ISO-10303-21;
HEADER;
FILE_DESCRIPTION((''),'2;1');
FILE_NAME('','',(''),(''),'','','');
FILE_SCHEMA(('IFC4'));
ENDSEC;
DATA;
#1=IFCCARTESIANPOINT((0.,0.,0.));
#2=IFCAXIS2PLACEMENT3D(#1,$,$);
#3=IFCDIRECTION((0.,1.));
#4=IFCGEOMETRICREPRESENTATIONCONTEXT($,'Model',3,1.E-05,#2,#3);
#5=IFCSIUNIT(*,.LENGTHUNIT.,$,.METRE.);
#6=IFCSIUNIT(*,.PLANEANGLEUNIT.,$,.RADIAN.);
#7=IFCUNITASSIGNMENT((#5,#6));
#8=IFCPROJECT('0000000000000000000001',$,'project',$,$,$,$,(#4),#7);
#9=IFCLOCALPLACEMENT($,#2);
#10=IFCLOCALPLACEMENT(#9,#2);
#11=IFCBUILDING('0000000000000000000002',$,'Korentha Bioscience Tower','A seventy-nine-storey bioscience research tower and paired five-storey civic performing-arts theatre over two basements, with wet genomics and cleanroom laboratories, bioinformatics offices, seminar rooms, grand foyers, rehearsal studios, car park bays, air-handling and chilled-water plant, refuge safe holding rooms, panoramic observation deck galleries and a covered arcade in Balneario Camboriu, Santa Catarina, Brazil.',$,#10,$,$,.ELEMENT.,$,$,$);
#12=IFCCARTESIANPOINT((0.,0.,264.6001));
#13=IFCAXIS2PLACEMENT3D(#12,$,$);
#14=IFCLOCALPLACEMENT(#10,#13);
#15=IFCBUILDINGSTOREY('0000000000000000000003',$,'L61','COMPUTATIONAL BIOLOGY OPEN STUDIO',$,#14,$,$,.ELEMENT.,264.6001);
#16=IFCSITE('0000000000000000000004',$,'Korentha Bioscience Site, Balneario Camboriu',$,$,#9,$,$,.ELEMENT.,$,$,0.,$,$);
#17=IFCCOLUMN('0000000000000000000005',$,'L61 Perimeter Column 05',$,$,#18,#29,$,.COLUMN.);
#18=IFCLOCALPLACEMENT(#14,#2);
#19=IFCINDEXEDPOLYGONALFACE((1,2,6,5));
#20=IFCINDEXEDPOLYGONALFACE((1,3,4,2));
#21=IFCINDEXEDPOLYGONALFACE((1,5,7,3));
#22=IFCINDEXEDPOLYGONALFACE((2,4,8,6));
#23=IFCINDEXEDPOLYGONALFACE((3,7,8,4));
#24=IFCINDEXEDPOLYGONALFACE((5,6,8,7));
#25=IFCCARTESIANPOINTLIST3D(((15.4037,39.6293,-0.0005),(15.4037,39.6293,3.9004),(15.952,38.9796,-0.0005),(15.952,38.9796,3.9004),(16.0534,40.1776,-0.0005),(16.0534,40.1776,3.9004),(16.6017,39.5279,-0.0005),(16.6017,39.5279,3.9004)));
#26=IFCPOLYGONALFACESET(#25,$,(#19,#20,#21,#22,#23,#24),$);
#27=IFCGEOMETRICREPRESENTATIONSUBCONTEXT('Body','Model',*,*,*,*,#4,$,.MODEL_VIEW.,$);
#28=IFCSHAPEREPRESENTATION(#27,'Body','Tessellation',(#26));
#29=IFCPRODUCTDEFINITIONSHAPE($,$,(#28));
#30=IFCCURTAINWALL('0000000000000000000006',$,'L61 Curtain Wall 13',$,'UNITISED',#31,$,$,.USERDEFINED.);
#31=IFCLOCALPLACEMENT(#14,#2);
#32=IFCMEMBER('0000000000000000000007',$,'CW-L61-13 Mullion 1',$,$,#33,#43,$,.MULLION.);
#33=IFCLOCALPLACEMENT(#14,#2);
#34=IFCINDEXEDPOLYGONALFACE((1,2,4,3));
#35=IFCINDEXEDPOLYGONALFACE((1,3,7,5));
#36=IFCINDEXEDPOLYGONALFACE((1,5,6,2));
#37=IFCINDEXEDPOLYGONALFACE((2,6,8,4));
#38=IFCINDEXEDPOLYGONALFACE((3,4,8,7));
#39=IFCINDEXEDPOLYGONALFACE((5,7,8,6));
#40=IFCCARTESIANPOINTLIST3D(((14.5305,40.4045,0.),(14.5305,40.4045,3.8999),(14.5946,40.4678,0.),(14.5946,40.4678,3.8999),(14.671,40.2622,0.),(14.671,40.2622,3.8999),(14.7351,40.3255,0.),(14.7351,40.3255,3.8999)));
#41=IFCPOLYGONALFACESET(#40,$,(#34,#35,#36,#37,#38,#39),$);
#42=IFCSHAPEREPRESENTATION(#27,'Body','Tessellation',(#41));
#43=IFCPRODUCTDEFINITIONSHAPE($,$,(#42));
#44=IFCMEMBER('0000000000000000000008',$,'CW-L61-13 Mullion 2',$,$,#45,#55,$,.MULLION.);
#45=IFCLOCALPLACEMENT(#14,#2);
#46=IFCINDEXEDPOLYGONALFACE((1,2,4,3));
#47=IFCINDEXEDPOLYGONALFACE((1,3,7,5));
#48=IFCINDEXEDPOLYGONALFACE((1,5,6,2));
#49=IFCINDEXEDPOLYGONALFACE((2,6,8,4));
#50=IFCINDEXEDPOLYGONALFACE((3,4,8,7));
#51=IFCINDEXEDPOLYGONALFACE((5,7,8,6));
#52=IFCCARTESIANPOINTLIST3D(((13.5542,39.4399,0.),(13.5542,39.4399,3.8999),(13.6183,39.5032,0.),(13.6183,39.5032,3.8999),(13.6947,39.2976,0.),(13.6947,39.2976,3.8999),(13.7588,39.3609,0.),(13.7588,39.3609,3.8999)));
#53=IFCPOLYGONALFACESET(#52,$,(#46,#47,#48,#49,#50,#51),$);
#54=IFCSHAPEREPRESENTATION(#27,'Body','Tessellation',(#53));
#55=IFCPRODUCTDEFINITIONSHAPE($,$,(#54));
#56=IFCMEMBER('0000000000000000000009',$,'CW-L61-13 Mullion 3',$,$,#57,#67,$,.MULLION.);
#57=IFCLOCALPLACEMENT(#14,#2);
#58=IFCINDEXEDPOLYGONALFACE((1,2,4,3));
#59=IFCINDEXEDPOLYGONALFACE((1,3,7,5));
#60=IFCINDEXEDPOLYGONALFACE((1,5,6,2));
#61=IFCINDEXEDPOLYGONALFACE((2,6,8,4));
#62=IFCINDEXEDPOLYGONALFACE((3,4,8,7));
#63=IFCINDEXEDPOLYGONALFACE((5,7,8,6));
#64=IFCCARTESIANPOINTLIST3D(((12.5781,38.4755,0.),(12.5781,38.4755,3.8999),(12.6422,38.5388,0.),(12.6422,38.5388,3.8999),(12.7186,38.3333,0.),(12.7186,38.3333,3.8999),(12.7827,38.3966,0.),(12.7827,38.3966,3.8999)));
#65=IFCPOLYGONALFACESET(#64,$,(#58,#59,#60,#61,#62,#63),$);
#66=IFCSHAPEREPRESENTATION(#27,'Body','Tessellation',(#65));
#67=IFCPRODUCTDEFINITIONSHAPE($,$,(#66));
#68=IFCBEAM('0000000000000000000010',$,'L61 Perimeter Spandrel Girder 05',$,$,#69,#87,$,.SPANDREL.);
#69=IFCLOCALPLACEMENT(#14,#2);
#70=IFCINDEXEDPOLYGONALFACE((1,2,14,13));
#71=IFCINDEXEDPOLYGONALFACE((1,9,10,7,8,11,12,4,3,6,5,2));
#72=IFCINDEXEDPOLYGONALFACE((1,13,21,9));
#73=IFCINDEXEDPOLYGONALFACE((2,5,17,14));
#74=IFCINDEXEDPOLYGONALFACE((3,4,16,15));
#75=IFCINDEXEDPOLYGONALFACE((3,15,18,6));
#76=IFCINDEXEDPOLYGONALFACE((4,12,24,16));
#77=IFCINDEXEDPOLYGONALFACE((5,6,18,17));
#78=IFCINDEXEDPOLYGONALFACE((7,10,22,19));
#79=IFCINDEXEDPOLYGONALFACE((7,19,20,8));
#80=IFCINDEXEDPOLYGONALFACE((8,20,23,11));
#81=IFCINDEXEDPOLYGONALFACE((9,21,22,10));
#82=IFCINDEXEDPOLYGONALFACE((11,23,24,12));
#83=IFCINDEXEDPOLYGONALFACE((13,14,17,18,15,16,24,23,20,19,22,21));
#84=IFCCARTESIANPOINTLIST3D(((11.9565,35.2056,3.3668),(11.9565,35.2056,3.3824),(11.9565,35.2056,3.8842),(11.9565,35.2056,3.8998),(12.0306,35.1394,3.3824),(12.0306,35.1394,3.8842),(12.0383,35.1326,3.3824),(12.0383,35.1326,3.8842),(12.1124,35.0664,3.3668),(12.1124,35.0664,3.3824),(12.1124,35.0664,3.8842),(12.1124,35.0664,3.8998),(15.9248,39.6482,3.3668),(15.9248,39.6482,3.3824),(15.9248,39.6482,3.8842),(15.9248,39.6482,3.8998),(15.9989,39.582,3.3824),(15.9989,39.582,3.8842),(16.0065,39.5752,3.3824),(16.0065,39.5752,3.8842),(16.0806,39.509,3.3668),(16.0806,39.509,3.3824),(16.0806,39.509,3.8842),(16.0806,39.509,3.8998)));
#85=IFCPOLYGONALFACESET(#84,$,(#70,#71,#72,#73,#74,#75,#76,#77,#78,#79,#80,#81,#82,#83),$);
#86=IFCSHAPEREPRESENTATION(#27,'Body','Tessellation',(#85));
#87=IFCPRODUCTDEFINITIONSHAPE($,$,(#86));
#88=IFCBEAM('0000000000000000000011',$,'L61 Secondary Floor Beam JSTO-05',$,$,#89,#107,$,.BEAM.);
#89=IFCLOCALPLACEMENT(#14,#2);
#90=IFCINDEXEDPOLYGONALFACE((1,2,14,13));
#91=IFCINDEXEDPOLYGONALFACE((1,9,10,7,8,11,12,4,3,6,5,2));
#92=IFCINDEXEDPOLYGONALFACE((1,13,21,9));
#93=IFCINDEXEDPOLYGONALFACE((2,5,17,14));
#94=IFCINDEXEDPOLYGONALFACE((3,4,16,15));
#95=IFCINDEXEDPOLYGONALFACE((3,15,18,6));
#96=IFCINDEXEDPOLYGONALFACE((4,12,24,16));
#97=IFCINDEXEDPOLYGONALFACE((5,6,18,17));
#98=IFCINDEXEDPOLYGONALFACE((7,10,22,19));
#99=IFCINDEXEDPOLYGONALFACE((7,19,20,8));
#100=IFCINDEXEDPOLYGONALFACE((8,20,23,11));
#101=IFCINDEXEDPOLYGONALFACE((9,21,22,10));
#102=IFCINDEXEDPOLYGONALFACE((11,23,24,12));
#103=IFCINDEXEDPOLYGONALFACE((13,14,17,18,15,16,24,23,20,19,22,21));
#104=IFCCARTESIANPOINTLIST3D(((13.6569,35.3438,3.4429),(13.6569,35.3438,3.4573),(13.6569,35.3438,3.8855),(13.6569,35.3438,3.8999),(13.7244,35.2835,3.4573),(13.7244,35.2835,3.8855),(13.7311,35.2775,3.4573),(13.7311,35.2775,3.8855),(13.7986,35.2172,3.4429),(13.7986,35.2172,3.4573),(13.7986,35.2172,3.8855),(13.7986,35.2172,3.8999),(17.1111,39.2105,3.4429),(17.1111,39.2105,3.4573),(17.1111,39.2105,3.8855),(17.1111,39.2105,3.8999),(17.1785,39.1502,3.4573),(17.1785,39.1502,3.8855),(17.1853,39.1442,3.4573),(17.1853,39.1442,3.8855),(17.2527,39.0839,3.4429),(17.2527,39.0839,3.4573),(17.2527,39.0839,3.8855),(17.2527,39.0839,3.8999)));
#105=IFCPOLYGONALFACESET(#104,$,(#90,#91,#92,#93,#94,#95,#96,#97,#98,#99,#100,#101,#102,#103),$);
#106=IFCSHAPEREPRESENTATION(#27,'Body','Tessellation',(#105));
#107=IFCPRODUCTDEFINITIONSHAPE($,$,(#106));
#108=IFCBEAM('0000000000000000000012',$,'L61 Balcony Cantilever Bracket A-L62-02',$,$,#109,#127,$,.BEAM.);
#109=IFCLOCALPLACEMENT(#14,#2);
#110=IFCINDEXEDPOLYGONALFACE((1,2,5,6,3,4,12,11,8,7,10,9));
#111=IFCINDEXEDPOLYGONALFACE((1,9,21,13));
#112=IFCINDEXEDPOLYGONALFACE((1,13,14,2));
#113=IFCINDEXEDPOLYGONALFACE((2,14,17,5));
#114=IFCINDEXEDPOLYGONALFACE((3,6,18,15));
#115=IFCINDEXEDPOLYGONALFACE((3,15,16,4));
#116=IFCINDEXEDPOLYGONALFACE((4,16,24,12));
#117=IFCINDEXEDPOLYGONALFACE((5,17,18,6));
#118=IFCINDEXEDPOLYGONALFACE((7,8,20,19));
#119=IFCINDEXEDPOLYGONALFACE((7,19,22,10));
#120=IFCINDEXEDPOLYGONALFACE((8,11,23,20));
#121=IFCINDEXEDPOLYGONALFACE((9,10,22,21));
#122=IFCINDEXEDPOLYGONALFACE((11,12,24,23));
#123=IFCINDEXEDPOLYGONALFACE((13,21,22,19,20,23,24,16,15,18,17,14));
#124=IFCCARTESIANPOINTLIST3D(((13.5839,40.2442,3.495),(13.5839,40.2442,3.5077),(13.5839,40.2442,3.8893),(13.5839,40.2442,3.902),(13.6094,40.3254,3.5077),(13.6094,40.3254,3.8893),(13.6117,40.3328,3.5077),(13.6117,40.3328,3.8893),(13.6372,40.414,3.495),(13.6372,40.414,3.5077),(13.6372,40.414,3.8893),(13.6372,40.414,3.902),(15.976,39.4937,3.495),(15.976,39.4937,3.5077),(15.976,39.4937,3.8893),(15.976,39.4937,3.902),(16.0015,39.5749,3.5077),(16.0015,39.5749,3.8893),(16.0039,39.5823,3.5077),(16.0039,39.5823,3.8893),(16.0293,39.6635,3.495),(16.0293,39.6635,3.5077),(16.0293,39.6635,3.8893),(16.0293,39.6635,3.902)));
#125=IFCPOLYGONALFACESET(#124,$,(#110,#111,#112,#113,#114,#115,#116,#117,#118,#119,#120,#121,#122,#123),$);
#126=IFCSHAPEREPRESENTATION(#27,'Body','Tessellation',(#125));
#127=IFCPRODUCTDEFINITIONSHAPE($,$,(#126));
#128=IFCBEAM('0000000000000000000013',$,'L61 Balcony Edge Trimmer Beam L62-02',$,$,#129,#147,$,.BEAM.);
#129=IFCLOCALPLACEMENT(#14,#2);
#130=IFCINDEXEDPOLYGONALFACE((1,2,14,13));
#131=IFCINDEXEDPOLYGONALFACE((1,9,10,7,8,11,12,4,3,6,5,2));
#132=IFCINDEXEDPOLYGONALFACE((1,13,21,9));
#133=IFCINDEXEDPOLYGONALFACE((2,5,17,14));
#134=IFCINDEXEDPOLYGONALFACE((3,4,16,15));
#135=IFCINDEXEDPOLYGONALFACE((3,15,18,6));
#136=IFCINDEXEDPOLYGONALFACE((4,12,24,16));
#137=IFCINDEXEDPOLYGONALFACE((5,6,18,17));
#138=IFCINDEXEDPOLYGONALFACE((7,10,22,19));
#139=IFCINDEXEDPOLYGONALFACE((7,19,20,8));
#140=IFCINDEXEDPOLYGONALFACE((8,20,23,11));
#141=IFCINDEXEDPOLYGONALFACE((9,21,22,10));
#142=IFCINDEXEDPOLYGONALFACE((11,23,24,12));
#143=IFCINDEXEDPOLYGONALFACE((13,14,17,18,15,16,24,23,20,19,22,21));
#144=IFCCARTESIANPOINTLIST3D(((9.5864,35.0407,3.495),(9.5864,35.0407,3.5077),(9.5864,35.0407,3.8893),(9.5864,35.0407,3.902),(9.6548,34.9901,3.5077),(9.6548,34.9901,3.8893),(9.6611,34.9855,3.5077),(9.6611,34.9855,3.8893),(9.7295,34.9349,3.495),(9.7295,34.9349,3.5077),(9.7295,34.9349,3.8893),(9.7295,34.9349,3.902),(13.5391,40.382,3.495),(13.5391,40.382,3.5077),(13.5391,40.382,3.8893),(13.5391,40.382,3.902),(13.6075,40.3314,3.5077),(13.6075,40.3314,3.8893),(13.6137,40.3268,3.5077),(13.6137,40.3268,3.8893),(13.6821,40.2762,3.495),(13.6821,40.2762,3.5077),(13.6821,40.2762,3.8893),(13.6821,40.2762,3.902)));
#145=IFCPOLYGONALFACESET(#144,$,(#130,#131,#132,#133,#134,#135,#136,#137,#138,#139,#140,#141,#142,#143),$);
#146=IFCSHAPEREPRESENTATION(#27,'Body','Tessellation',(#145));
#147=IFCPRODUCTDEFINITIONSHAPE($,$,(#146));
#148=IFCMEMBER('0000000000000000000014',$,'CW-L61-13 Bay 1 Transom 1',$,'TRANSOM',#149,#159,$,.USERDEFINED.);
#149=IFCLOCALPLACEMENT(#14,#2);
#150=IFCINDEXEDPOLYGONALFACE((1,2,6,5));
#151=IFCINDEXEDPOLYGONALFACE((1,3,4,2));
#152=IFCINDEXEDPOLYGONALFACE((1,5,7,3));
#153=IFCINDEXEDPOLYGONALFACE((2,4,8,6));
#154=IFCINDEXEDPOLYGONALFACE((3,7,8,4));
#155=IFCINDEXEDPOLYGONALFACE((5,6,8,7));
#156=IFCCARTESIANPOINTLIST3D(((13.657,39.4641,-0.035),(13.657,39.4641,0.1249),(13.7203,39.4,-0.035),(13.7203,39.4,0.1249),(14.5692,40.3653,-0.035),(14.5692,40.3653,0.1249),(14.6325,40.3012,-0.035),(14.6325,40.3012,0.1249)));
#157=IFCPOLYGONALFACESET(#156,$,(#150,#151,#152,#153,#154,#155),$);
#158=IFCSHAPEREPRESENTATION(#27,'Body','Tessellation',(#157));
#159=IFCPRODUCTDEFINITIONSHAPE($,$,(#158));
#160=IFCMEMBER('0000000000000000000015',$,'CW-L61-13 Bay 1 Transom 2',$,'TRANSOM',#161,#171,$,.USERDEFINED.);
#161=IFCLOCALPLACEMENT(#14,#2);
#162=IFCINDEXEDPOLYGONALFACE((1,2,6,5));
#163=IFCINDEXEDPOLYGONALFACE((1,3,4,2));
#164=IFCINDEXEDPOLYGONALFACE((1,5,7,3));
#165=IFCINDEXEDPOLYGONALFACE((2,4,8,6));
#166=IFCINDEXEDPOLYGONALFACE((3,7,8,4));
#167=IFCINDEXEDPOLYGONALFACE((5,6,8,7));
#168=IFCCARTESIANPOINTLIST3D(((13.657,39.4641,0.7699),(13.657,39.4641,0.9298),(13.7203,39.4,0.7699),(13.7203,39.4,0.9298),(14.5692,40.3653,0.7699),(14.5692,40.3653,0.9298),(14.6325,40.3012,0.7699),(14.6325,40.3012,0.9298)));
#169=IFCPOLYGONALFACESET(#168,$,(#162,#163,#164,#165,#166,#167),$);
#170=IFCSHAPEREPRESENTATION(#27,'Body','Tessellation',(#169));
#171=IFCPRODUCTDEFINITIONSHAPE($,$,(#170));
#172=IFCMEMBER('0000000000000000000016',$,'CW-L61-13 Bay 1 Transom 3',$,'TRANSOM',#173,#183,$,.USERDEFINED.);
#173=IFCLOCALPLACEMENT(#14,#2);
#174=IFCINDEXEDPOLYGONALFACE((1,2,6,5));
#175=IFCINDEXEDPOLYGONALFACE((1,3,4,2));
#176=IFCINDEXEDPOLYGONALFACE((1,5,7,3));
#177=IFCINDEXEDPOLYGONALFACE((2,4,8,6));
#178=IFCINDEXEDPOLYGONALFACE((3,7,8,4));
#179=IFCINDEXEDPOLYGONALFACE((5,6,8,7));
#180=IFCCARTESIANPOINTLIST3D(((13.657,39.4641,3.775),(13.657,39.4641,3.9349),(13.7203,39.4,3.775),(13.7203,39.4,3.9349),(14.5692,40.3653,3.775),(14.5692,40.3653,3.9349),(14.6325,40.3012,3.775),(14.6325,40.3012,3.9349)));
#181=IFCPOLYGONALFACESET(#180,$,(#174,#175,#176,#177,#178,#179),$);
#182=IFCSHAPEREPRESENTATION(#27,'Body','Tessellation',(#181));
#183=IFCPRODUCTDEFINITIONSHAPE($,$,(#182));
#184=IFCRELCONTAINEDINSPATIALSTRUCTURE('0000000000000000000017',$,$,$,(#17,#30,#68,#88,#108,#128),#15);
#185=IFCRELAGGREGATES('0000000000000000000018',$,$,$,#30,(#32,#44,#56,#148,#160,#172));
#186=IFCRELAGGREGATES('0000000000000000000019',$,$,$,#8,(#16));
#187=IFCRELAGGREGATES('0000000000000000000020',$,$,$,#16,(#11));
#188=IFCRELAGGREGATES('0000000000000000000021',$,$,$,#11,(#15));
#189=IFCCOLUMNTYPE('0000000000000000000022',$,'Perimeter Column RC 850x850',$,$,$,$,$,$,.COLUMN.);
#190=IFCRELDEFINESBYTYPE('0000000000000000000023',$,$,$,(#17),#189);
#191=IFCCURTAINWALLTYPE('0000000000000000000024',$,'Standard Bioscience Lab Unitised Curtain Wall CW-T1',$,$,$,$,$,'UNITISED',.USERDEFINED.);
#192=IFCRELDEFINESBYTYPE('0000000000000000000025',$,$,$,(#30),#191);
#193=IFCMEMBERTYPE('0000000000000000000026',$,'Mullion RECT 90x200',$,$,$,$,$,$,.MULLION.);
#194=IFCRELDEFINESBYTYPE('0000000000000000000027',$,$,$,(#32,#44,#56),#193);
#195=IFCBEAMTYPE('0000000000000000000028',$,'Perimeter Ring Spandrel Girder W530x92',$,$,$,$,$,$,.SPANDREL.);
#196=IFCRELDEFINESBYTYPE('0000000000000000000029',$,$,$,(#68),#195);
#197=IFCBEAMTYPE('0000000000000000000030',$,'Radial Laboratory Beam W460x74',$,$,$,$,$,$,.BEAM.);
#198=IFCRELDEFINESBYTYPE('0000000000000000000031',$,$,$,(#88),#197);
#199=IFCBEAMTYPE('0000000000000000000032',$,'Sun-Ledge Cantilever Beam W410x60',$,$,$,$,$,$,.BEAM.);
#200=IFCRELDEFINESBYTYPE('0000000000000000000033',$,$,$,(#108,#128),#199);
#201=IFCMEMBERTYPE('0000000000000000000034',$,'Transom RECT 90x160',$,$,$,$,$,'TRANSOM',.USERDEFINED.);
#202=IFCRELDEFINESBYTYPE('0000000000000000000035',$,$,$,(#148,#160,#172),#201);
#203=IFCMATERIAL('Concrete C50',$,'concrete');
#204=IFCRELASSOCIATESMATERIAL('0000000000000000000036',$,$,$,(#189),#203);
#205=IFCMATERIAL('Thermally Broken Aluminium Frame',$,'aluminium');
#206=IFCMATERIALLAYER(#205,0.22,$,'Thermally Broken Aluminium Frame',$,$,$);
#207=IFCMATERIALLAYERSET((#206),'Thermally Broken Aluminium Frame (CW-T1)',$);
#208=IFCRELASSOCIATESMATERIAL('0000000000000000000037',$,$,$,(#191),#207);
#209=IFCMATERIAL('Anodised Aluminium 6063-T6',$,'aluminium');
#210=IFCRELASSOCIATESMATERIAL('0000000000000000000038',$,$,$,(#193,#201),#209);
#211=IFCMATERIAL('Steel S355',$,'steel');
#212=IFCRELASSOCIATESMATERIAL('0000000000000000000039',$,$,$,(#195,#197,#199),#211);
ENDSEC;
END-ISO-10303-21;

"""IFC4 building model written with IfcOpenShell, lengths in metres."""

from ifc_helpers import new_model, si_unit, direction, frame, origin, origin_2d, place, context, subcontext, project, spatial, rectangle, i_section, extrude, material, layer, layer_set, material_profile, profile_set, type_object, element, aggregate, save


model = new_model("IFC4")

# Units and contexts
model_context = context("Model", 3, precision=1e-05, world=origin(), true_north=direction((0.0, 1.0)))
body_context = subcontext(model_context, "Body", "Model", "MODEL_VIEW")
ifc_project = project(units=[si_unit("LENGTHUNIT", "METRE"), si_unit("PLANEANGLEUNIT", "RADIAN")], contexts=[model_context])

# Site, building, storey
site_placement = place(None, origin())
site = spatial("IfcSite", under=ifc_project, at=site_placement, Name="Korentha Bioscience Site, Balneario Camboriu", CompositionType="ELEMENT", RefElevation=0.0)
building_placement = place(site_placement, origin())
building = spatial("IfcBuilding", under=site, at=building_placement, Name="Korentha Bioscience Tower", Description="A seventy-nine-storey bioscience research tower and paired five-storey civic performing-arts theatre over two basements, with wet genomics and cleanroom laboratories, bioinformatics offices, seminar rooms, grand foyers, rehearsal studios, car park bays, air-handling and chilled-water plant, refuge safe holding rooms, panoramic observation deck galleries and a covered arcade in Balneario Camboriu, Santa Catarina, Brazil.", CompositionType="ELEMENT")
storey_placement = place(building_placement, frame((0.0, 0.0, 264.6001)))
storey = spatial("IfcBuildingStorey", under=building, at=storey_placement, Name="L61", Description="COMPUTATIONAL BIOLOGY OPEN STUDIO", CompositionType="ELEMENT", Elevation=264.6001)

# Column
ifc_material_1 = material(Name="Concrete C50", Category="concrete")
ifc_material_profile_1 = material_profile(ifc_material_1, rectangle(XDim=0.8501, YDim=0.8501, at=origin_2d()), Name="Concrete C50")
ifc_profile_set_1 = profile_set([ifc_material_profile_1], Name="Concrete C50 (COL-P08)")
column_type = type_object("IfcColumnType", Name="Perimeter Column RC 850x850", PredefinedType="COLUMN", material=ifc_profile_set_1)
column_placement = place(storey_placement, frame((16.0027, 39.5786, -0.0005), z_axis=(0.0, 0.0, 1.0), x_axis=(0.764246, 0.644924, 0.0)))
element("IfcColumn", 1, at=column_placement, inside=storey, type_object=column_type, Name="L61 Perimeter Column 05", PredefinedType="COLUMN", context=body_context, shape_type="SweptSolid", body=[
    extrude(rectangle(XDim=0.8501, YDim=0.8501, at=origin_2d()), origin(), (0.0, 0.0, 1.0), 3.9009),
])

# Curtain wall, members
ifc_material_2 = material(Name="Thermally Broken Aluminium Frame", Category="aluminium")
ifc_layer_1 = layer(ifc_material_2, 0.22, Name="Thermally Broken Aluminium Frame")
ifc_layer_set_1 = layer_set([ifc_layer_1], Name="Thermally Broken Aluminium Frame (CW-T1)")
curtain_wall_type = type_object("IfcCurtainWallType", Name="Standard Bioscience Lab Unitised Curtain Wall CW-T1", ElementType="UNITISED", PredefinedType="USERDEFINED", material=ifc_layer_set_1)
curtain_wall_placement = place(storey_placement, origin())
curtain_wall = element("IfcCurtainWall", 2, at=curtain_wall_placement, inside=storey, type_object=curtain_wall_type, Name="L61 Curtain Wall 13", ObjectType="UNITISED", PredefinedType="USERDEFINED")
ifc_material_3 = material(Name="Anodised Aluminium 6063-T6", Category="aluminium")
ifc_material_profile_2 = material_profile(ifc_material_3, rectangle(XDim=0.0901, YDim=0.2, at=origin_2d()), Name="Anodised Aluminium 6063-T6")
ifc_profile_set_2 = profile_set([ifc_material_profile_2], Name="Anodised Aluminium 6063-T6 (CW-MUL)")
member_type_1 = type_object("IfcMemberType", Name="Mullion RECT 90x200", PredefinedType="MULLION", material=ifc_profile_set_2)
member_1_placement = place(storey_placement, frame((14.6328, 40.365, 0.0), z_axis=(0.0, 0.0, 1.0), x_axis=(-0.711398, -0.70279, 0.0)))
member_1 = element("IfcMember", 3, at=member_1_placement, type_object=member_type_1, Name="CW-L61-13 Mullion 1", PredefinedType="MULLION", context=body_context, shape_type="SweptSolid", body=[
    extrude(rectangle(XDim=0.0901, YDim=0.2, at=origin_2d()), origin(), (0.0, 0.0, 1.0), 3.8999),
])
member_2_placement = place(storey_placement, frame((13.6565, 39.4004, 0.0), z_axis=(0.0, 0.0, 1.0), x_axis=(-0.711398, -0.70279, 0.0)))
member_2 = element("IfcMember", 4, at=member_2_placement, type_object=member_type_1, Name="CW-L61-13 Mullion 2", PredefinedType="MULLION", context=body_context, shape_type="SweptSolid", body=[
    extrude(rectangle(XDim=0.0901, YDim=0.2, at=origin_2d()), origin(), (0.0, 0.0, 1.0), 3.8999),
])
member_3_placement = place(storey_placement, frame((12.6804, 38.436, 0.0), z_axis=(0.0, 0.0, 1.0), x_axis=(-0.711398, -0.70279, 0.0)))
member_3 = element("IfcMember", 5, at=member_3_placement, type_object=member_type_1, Name="CW-L61-13 Mullion 3", PredefinedType="MULLION", context=body_context, shape_type="SweptSolid", body=[
    extrude(rectangle(XDim=0.0901, YDim=0.2, at=origin_2d()), origin(), (0.0, 0.0, 1.0), 3.8999),
])

# Beams
ifc_material_4 = material(Name="Steel S355", Category="steel")
ifc_material_profile_3 = material_profile(ifc_material_4, i_section(OverallWidth=0.209, OverallDepth=0.533, WebThickness=0.0103, FlangeThickness=0.0156, at=origin_2d()), Name="Steel S355")
ifc_profile_set_3 = profile_set([ifc_material_profile_3], Name="Steel S355 (SB-530)")
beam_type_1 = type_object("IfcBeamType", Name="Perimeter Ring Spandrel Girder W530x92", PredefinedType="SPANDREL", material=ifc_profile_set_3)
beam_1_placement = place(storey_placement, frame((16.0027, 39.5786, 3.6333), z_axis=(-0.666168, -0.745802, 0.0), x_axis=(0.745802, -0.666168, 0.0)))
element("IfcBeam", 6, at=beam_1_placement, inside=storey, type_object=beam_type_1, Name="L61 Perimeter Spandrel Girder 05", PredefinedType="SPANDREL", context=body_context, shape_type="SweptSolid", body=[
    extrude(i_section(OverallWidth=0.209, OverallDepth=0.533, WebThickness=0.0103, FlangeThickness=0.0156, at=origin_2d()), origin(), (0.0, 0.0, 1.0), 5.9568),
])
ifc_material_profile_4 = material_profile(ifc_material_4, i_section(OverallWidth=0.1899, OverallDepth=0.457, WebThickness=0.009, FlangeThickness=0.0144, at=origin_2d()), Name="Steel S355")
ifc_profile_set_4 = profile_set([ifc_material_profile_4], Name="Steel S355 (RB-460)")
beam_type_2 = type_object("IfcBeamType", Name="Radial Laboratory Beam W460x74", PredefinedType="BEAM", material=ifc_profile_set_4)
beam_2_placement = place(storey_placement, frame((17.1819, 39.1472, 3.6714), z_axis=(-0.666197, -0.745776, 0.0), x_axis=(0.745776, -0.666197, 0.0)))
element("IfcBeam", 7, at=beam_2_placement, inside=storey, type_object=beam_type_2, Name="L61 Secondary Floor Beam JSTO-05", PredefinedType="BEAM", context=body_context, shape_type="SweptSolid", body=[
    extrude(i_section(OverallWidth=0.1899, OverallDepth=0.457, WebThickness=0.009, FlangeThickness=0.0144, at=origin_2d()), origin(), (0.0, 0.0, 1.0), 5.1848),
])
ifc_material_profile_5 = material_profile(ifc_material_4, i_section(OverallWidth=0.178, OverallDepth=0.407, WebThickness=0.0078, FlangeThickness=0.0127, at=origin_2d()), Name="Steel S355")
ifc_profile_set_5 = profile_set([ifc_material_profile_5], Name="Steel S355 (CB-410)")
beam_type_3 = type_object("IfcBeamType", Name="Sun-Ledge Cantilever Beam W410x60", PredefinedType="BEAM", material=ifc_profile_set_5)
beam_3_placement = place(storey_placement, frame((16.0027, 39.5786, 3.6985), z_axis=(-0.954143, 0.299351, 0.0), x_axis=(-0.299351, -0.954143, 0.0)))
element("IfcBeam", 8, at=beam_3_placement, inside=storey, type_object=beam_type_3, Name="L61 Balcony Cantilever Bracket A-L62-02", PredefinedType="BEAM", context=body_context, shape_type="SweptSolid", body=[
    extrude(i_section(OverallWidth=0.178, OverallDepth=0.407, WebThickness=0.0078, FlangeThickness=0.0127, at=origin_2d()), origin(), (0.0, 0.0, 1.0), 2.5071),
])
beam_4_placement = place(storey_placement, frame((13.6106, 40.3291, 3.6985), z_axis=(-0.59485, -0.803837, 0.0), x_axis=(0.803837, -0.59485, 0.0)))
element("IfcBeam", 9, at=beam_4_placement, inside=storey, type_object=beam_type_3, Name="L61 Balcony Edge Trimmer Beam L62-02", PredefinedType="BEAM", context=body_context, shape_type="SweptSolid", body=[
    extrude(i_section(OverallWidth=0.178, OverallDepth=0.407, WebThickness=0.0078, FlangeThickness=0.0127, at=origin_2d()), origin(), (0.0, 0.0, 1.0), 6.6448),
])

# Members
ifc_material_profile_6 = material_profile(ifc_material_3, rectangle(XDim=0.0901, YDim=0.1599, at=origin_2d()), Name="Anodised Aluminium 6063-T6")
ifc_profile_set_6 = profile_set([ifc_material_profile_6], Name="Anodised Aluminium 6063-T6 (CW-TRN)")
member_type_2 = type_object("IfcMemberType", Name="Transom RECT 90x160", ElementType="TRANSOM", PredefinedType="USERDEFINED", material=ifc_profile_set_6)
member_4_placement = place(storey_placement, frame((14.6008, 40.3333, 0.0449), z_axis=(-0.711378, -0.70281, 0.0), x_axis=(0.70281, -0.711378, 0.0)))
member_4 = element("IfcMember", 10, at=member_4_placement, type_object=member_type_2, Name="CW-L61-13 Bay 1 Transom 1", ObjectType="TRANSOM", PredefinedType="USERDEFINED", context=body_context, shape_type="SweptSolid", body=[
    extrude(rectangle(XDim=0.0901, YDim=0.1599, at=origin_2d()), origin(), (0.0, 0.0, 1.0), 1.2822),
])
member_5_placement = place(storey_placement, frame((14.6008, 40.3333, 0.8499), z_axis=(-0.711378, -0.70281, 0.0), x_axis=(0.70281, -0.711378, 0.0)))
member_5 = element("IfcMember", 11, at=member_5_placement, type_object=member_type_2, Name="CW-L61-13 Bay 1 Transom 2", ObjectType="TRANSOM", PredefinedType="USERDEFINED", context=body_context, shape_type="SweptSolid", body=[
    extrude(rectangle(XDim=0.0901, YDim=0.1599, at=origin_2d()), origin(), (0.0, 0.0, 1.0), 1.2822),
])
member_6_placement = place(storey_placement, frame((14.6008, 40.3333, 3.855), z_axis=(-0.711378, -0.70281, 0.0), x_axis=(0.70281, -0.711378, 0.0)))
member_6 = element("IfcMember", 12, at=member_6_placement, type_object=member_type_2, Name="CW-L61-13 Bay 1 Transom 3", ObjectType="TRANSOM", PredefinedType="USERDEFINED", context=body_context, shape_type="SweptSolid", body=[
    extrude(rectangle(XDim=0.0901, YDim=0.1599, at=origin_2d()), origin(), (0.0, 0.0, 1.0), 1.2822),
])

aggregate(curtain_wall, [member_1, member_2, member_3, member_4, member_5, member_6])

save(model, "model.ifc")
